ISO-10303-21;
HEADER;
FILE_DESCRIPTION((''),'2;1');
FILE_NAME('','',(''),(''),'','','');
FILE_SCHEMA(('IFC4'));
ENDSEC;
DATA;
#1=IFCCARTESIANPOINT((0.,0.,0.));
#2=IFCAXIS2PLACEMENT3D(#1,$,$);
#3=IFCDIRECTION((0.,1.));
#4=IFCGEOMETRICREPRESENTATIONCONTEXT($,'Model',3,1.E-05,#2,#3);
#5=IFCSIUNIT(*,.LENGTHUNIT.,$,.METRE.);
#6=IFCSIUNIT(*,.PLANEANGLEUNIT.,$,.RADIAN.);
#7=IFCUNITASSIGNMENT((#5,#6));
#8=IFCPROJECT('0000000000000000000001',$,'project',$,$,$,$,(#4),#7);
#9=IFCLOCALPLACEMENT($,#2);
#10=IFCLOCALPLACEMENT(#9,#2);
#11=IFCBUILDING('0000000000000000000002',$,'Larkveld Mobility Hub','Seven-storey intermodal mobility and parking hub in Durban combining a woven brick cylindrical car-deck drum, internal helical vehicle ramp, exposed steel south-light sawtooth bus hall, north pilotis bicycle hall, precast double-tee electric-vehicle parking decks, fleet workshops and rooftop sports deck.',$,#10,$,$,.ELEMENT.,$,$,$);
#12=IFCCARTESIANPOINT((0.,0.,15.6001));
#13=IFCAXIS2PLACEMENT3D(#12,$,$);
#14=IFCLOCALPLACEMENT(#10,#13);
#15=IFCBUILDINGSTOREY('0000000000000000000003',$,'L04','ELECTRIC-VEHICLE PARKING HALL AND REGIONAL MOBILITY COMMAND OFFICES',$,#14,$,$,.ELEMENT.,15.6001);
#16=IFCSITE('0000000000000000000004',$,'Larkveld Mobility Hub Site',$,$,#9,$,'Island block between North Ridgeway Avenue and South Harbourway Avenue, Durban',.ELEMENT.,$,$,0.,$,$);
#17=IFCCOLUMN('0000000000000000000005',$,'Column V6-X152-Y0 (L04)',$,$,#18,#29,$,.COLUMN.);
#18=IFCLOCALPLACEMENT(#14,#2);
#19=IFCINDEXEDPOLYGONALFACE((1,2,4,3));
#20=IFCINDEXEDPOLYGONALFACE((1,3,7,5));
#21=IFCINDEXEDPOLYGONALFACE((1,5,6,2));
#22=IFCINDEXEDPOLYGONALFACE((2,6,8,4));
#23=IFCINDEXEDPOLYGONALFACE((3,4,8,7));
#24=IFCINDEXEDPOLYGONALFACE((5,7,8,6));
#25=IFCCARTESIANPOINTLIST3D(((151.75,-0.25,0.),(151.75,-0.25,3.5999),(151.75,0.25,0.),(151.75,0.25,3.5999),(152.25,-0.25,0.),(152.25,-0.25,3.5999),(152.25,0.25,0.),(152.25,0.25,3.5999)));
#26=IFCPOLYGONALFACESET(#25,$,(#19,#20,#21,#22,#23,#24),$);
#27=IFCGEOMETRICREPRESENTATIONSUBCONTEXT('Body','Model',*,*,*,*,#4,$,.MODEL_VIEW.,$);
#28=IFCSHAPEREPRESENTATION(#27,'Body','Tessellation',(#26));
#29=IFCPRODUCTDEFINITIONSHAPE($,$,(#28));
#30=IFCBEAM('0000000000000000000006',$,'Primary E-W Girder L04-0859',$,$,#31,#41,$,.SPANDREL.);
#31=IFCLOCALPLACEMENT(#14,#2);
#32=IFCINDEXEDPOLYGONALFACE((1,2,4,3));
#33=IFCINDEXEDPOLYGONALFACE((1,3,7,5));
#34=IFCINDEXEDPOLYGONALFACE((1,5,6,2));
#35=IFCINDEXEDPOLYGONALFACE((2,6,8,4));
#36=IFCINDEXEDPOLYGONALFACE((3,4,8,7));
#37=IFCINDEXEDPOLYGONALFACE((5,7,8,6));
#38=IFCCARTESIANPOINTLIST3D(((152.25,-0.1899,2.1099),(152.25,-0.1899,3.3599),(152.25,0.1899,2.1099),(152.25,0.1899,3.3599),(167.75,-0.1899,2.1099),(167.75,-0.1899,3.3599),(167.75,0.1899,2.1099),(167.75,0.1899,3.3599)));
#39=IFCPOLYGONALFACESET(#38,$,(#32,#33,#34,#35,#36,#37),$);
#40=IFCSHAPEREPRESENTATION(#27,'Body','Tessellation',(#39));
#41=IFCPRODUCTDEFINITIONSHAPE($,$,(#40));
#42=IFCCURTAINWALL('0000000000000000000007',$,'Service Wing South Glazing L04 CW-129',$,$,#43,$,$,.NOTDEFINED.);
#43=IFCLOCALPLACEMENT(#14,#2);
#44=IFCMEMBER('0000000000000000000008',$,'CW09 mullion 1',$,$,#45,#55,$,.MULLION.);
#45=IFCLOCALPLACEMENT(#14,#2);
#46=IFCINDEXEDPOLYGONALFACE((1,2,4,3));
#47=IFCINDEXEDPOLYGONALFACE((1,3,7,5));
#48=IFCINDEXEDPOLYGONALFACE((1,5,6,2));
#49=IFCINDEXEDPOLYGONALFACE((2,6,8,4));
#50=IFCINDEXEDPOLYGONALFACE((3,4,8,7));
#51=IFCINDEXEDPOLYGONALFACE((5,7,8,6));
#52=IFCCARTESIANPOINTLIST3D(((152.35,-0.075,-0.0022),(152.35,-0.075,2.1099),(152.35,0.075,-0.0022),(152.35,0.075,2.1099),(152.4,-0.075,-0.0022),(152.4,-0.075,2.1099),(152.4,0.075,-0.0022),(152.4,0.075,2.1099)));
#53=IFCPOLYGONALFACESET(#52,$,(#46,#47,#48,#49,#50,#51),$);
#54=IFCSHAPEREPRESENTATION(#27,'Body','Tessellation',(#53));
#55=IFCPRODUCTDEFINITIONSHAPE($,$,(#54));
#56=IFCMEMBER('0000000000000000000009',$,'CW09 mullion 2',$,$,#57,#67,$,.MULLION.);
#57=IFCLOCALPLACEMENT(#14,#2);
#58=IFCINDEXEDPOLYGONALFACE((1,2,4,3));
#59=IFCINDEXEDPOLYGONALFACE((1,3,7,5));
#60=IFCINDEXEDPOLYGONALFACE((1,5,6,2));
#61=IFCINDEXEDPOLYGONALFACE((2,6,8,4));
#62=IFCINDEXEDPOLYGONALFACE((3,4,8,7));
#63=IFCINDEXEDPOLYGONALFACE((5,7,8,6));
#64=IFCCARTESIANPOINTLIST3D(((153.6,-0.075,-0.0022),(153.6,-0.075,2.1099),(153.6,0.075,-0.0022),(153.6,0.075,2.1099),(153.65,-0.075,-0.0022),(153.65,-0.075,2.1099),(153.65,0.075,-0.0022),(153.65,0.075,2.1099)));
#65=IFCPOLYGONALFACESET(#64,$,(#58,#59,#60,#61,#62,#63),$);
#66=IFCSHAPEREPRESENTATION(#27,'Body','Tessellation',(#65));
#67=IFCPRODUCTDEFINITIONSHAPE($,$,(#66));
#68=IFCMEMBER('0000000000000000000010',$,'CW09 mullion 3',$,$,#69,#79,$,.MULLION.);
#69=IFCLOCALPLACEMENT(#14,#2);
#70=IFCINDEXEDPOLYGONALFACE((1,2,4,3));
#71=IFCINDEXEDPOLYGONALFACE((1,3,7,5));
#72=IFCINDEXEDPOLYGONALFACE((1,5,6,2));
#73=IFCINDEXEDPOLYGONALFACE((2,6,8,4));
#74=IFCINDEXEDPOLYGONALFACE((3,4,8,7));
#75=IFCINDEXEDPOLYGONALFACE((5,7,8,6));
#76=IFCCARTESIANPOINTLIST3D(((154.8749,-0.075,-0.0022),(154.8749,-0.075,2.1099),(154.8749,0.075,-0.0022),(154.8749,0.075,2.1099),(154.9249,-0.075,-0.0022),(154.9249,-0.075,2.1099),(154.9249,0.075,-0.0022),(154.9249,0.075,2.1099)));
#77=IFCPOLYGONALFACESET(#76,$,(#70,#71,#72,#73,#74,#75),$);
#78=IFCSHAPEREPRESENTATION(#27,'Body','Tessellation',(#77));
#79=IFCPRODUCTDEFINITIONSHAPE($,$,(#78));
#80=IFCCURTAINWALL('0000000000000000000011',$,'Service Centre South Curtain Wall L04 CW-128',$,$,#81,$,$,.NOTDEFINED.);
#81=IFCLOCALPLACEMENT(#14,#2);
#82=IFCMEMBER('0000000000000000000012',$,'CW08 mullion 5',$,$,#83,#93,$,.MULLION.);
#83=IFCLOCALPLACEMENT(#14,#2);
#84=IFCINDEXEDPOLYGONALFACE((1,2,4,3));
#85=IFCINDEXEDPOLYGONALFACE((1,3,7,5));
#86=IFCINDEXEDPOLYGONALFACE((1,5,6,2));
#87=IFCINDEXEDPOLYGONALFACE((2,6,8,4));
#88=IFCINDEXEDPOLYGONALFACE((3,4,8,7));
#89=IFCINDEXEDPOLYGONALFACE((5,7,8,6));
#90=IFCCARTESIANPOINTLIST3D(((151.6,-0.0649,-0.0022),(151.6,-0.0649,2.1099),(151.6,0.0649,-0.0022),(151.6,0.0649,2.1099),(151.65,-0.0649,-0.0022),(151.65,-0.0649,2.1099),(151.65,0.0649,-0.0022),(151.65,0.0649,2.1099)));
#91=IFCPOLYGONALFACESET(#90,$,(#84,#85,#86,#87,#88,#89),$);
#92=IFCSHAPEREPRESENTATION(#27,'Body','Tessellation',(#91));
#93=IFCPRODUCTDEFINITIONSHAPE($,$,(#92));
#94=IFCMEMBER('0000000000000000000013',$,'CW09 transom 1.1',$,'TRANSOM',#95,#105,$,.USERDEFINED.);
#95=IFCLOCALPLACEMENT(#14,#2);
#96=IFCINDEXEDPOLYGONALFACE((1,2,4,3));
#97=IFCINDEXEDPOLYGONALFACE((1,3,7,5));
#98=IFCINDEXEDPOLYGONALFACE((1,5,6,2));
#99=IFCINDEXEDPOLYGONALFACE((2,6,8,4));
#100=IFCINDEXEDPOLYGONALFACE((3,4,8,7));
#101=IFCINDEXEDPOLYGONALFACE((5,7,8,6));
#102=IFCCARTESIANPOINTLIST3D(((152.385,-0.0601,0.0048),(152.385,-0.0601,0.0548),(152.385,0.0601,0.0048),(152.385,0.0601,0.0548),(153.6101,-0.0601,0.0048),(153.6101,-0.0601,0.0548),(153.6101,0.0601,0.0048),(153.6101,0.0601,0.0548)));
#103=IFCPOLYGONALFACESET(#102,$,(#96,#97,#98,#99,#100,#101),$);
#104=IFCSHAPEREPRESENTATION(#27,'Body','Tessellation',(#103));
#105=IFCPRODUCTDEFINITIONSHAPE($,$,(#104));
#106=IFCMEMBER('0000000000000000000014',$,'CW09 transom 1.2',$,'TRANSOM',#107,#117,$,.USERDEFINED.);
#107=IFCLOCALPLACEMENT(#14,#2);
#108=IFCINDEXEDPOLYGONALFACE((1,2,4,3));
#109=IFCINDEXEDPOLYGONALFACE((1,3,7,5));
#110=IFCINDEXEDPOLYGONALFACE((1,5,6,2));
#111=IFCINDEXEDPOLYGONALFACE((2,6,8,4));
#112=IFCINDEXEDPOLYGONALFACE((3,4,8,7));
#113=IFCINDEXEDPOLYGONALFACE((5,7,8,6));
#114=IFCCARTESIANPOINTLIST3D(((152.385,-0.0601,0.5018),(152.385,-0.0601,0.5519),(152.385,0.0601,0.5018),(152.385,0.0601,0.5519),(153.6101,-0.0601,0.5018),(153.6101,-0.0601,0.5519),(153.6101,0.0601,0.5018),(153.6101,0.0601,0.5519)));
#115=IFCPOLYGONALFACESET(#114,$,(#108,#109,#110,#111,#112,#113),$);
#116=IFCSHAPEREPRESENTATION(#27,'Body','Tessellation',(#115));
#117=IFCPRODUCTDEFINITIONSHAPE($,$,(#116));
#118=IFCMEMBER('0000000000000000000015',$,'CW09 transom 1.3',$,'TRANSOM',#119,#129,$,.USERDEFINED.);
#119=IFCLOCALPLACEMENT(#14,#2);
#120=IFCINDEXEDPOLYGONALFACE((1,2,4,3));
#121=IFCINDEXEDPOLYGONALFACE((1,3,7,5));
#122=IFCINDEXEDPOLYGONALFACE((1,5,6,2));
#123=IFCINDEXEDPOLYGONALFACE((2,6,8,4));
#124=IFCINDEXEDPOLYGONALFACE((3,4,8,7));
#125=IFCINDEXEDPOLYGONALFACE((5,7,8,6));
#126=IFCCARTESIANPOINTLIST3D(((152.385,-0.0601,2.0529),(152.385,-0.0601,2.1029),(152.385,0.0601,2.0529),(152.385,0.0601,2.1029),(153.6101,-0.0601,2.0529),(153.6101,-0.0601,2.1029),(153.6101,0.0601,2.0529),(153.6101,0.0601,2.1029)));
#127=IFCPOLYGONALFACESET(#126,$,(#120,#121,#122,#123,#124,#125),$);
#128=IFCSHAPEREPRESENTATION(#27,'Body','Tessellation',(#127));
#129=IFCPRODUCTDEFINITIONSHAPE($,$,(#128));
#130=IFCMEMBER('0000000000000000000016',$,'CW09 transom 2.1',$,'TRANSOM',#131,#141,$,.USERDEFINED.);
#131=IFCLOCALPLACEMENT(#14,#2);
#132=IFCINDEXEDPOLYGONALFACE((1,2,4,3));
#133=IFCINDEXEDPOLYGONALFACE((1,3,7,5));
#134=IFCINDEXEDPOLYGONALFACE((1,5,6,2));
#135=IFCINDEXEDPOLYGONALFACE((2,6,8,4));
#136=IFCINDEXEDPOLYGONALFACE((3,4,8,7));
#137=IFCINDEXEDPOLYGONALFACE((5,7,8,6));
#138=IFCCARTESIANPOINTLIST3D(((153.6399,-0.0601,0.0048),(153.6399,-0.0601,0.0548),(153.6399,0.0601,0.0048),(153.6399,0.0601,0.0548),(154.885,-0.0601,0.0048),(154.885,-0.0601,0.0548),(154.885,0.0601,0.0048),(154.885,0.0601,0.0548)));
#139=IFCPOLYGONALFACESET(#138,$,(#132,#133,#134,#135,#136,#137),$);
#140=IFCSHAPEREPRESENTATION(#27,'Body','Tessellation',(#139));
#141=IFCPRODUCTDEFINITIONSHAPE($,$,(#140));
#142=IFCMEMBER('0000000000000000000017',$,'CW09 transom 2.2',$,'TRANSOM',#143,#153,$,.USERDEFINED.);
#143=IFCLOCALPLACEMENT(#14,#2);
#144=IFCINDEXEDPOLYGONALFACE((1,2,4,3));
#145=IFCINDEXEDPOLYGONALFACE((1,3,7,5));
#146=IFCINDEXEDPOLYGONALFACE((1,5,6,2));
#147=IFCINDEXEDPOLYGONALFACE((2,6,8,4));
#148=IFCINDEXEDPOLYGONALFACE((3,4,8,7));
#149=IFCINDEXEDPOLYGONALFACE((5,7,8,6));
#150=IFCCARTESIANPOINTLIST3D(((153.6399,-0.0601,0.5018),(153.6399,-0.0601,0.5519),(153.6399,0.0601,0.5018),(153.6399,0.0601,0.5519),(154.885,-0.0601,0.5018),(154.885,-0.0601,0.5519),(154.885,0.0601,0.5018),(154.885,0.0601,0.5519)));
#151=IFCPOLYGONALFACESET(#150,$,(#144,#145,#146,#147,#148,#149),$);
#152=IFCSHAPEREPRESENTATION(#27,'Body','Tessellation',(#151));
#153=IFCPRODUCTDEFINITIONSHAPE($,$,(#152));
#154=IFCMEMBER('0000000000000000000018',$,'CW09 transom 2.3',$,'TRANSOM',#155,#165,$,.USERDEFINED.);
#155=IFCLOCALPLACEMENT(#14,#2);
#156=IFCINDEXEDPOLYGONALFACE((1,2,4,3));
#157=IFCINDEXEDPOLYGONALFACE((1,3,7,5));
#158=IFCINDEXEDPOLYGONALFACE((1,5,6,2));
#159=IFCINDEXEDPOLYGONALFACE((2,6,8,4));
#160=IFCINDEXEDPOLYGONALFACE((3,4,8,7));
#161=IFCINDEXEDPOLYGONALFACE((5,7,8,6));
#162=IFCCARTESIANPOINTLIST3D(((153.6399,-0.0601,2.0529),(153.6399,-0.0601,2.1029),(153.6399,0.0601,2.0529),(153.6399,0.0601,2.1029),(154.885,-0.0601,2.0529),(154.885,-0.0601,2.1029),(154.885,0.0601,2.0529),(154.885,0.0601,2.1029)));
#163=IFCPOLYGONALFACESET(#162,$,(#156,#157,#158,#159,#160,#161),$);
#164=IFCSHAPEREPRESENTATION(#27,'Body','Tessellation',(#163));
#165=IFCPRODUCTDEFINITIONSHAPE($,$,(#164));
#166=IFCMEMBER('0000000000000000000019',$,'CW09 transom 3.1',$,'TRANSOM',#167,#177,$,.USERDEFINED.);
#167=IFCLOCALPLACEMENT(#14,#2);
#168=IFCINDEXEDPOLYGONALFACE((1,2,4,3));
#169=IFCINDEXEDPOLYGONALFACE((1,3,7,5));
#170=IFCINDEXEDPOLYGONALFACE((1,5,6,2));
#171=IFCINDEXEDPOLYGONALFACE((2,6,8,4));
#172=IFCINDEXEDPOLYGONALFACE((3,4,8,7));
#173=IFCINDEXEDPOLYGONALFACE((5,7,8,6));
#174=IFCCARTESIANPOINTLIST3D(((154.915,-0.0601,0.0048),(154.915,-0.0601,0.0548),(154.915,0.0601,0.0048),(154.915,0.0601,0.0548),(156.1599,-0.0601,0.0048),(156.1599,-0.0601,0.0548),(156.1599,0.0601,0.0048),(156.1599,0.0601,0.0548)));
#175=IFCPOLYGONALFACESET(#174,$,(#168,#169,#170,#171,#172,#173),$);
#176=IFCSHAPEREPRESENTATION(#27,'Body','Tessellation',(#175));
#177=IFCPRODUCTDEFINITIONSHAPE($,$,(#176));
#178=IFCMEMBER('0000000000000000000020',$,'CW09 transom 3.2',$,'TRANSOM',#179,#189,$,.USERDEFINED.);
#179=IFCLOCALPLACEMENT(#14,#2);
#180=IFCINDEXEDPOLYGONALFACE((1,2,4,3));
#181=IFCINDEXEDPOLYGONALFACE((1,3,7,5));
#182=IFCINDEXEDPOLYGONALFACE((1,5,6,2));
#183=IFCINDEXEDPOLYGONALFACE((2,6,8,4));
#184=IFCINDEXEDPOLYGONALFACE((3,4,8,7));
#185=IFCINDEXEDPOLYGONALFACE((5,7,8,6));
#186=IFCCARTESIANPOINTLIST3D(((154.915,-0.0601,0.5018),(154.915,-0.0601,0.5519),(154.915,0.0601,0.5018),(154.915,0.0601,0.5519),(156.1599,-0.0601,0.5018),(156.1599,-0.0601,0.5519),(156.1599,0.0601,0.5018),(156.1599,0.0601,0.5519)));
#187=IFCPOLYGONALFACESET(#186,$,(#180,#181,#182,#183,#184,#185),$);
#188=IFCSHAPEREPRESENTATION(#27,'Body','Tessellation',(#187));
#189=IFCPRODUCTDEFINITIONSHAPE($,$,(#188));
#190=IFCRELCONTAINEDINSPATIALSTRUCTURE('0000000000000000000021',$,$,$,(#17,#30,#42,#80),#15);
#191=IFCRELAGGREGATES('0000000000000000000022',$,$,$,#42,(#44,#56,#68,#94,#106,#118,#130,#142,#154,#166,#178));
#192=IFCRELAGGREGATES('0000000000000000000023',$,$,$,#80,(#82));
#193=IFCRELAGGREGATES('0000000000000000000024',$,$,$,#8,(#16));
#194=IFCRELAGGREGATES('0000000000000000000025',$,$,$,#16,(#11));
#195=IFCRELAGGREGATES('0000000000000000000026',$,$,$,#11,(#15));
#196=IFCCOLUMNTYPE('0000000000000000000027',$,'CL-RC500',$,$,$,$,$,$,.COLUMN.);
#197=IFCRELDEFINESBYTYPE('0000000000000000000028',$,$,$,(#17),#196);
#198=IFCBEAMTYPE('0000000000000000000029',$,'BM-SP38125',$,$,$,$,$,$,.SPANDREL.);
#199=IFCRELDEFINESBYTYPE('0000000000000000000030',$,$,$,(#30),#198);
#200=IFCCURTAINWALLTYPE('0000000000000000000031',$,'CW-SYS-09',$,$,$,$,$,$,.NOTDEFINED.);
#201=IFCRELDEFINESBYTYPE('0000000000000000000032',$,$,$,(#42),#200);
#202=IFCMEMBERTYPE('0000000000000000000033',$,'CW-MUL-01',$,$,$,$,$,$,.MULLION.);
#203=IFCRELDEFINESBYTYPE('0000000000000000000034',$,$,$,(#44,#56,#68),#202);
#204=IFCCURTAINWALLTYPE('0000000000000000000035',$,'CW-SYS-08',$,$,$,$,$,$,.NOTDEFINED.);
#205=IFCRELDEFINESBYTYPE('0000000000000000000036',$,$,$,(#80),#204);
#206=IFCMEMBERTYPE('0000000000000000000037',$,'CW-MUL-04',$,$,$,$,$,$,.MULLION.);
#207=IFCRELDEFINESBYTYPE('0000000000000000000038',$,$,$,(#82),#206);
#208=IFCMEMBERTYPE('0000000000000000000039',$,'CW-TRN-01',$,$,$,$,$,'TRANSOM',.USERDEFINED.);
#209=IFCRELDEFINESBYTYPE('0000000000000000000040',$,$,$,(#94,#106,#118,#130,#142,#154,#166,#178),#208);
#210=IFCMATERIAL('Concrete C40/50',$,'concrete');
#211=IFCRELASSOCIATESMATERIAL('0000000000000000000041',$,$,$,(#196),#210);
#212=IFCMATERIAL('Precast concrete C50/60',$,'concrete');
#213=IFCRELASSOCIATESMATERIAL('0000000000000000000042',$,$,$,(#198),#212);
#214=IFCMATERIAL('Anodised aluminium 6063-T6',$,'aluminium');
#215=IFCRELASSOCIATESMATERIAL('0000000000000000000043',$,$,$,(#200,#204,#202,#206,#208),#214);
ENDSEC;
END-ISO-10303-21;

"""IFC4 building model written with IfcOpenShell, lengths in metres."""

from ifc_helpers import new_model, si_unit, direction, frame, origin, origin_2d, place, context, subcontext, project, spatial, rectangle, extrude, material, material_profile, profile_set, type_object, element, aggregate, save


model = new_model("IFC4")

# Units and contexts
model_context = context("Model", 3, precision=1e-05, world=origin(), true_north=direction((0.0, 1.0)))
body_context = subcontext(model_context, "Body", "Model", "MODEL_VIEW")
ifc_project = project(units=[si_unit("LENGTHUNIT", "METRE"), si_unit("PLANEANGLEUNIT", "RADIAN")], contexts=[model_context])

# Site, building, storey
site_placement = place(None, origin())
site = spatial("IfcSite", under=ifc_project, at=site_placement, Name="Larkveld Mobility Hub Site", LongName="Island block between North Ridgeway Avenue and South Harbourway Avenue, Durban", CompositionType="ELEMENT", RefElevation=0.0)
building_placement = place(site_placement, origin())
building = spatial("IfcBuilding", under=site, at=building_placement, Name="Larkveld Mobility Hub", Description="Seven-storey intermodal mobility and parking hub in Durban combining a woven brick cylindrical car-deck drum, internal helical vehicle ramp, exposed steel south-light sawtooth bus hall, north pilotis bicycle hall, precast double-tee electric-vehicle parking decks, fleet workshops and rooftop sports deck.", CompositionType="ELEMENT")
storey_placement = place(building_placement, frame((0.0, 0.0, 15.6001)))
storey = spatial("IfcBuildingStorey", under=building, at=storey_placement, Name="L04", Description="ELECTRIC-VEHICLE PARKING HALL AND REGIONAL MOBILITY COMMAND OFFICES", CompositionType="ELEMENT", Elevation=15.6001)

# Column
ifc_material_1 = material(Name="Concrete C40/50", Category="concrete")
ifc_material_profile_1 = material_profile(ifc_material_1, rectangle(XDim=0.5, YDim=0.5, at=origin_2d()), Name="RC COL 500x500")
ifc_profile_set_1 = profile_set([ifc_material_profile_1], Name="Concrete C40/50")
column_type = type_object("IfcColumnType", Name="CL-RC500", PredefinedType="COLUMN", material=ifc_profile_set_1)
column_placement = place(storey_placement, frame((152.0, 0.0, 0.0), z_axis=(0.0, 0.0, 1.0), x_axis=(1.0, 0.0, 0.0)))
element("IfcColumn", 1, at=column_placement, inside=storey, type_object=column_type, Name="Column V6-X152-Y0 (L04)", PredefinedType="COLUMN", context=body_context, shape_type="SweptSolid", body=[
    extrude(rectangle(XDim=0.5, YDim=0.5, at=origin_2d()), origin(), (0.0, 0.0, 1.0), 3.5999),
])

# Beam
ifc_material_2 = material(Name="Precast concrete C50/60", Category="concrete")
ifc_material_profile_2 = material_profile(ifc_material_2, rectangle(XDim=0.3799, YDim=1.25, at=origin_2d()), Name="PC SP 380x1250")
ifc_profile_set_2 = profile_set([ifc_material_profile_2], Name="Precast concrete C50/60")
beam_type = type_object("IfcBeamType", Name="BM-SP38125", PredefinedType="SPANDREL", material=ifc_profile_set_2)
beam_placement = place(storey_placement, frame((152.25, 0.0, 2.7349), z_axis=(1.0, 0.0, 0.0), x_axis=(0.0, 1.0, 0.0)))
element("IfcBeam", 2, at=beam_placement, inside=storey, type_object=beam_type, Name="Primary E-W Girder L04-0859", PredefinedType="SPANDREL", context=body_context, shape_type="SweptSolid", body=[
    extrude(rectangle(XDim=0.3799, YDim=1.25, at=origin_2d()), origin(), (0.0, 0.0, 1.0), 15.5),
])

# Curtain wall, members
ifc_material_3 = material(Name="Anodised aluminium 6063-T6", Category="aluminium")
curtain_wall_type_1 = type_object("IfcCurtainWallType", Name="CW-SYS-09", PredefinedType="NOTDEFINED", material=ifc_material_3)
curtain_wall_1_placement = place(storey_placement, origin())
curtain_wall_1 = element("IfcCurtainWall", 3, at=curtain_wall_1_placement, inside=storey, type_object=curtain_wall_type_1, Name="Service Wing South Glazing L04 CW-129", PredefinedType="NOTDEFINED")
ifc_material_profile_3 = material_profile(ifc_material_3, rectangle(XDim=0.05, YDim=0.1499, at=origin_2d()), Name="ALU MULL 50x150")
ifc_profile_set_3 = profile_set([ifc_material_profile_3], Name="Anodised aluminium 6063-T6")
member_type_1 = type_object("IfcMemberType", Name="CW-MUL-01", PredefinedType="MULLION", material=ifc_profile_set_3)
member_1_placement = place(storey_placement, frame((152.375, 0.0, -0.0022), z_axis=(0.0, 0.0, 1.0), x_axis=(1.0, 0.0, 0.0)))
member_1 = element("IfcMember", 4, at=member_1_placement, type_object=member_type_1, Name="CW09 mullion 1", PredefinedType="MULLION", context=body_context, shape_type="SweptSolid", body=[
    extrude(rectangle(XDim=0.05, YDim=0.1499, at=origin_2d()), origin(), (0.0, 0.0, 1.0), 2.1121),
])
member_2_placement = place(storey_placement, frame((153.625, 0.0, -0.0022), z_axis=(0.0, 0.0, 1.0), x_axis=(1.0, 0.0, 0.0)))
member_2 = element("IfcMember", 5, at=member_2_placement, type_object=member_type_1, Name="CW09 mullion 2", PredefinedType="MULLION", context=body_context, shape_type="SweptSolid", body=[
    extrude(rectangle(XDim=0.05, YDim=0.1499, at=origin_2d()), origin(), (0.0, 0.0, 1.0), 2.1121),
])
member_3_placement = place(storey_placement, frame((154.8999, 0.0, -0.0022), z_axis=(0.0, 0.0, 1.0), x_axis=(1.0, 0.0, 0.0)))
member_3 = element("IfcMember", 6, at=member_3_placement, type_object=member_type_1, Name="CW09 mullion 3", PredefinedType="MULLION", context=body_context, shape_type="SweptSolid", body=[
    extrude(rectangle(XDim=0.05, YDim=0.1499, at=origin_2d()), origin(), (0.0, 0.0, 1.0), 2.1121),
])

# Curtain wall, member
curtain_wall_type_2 = type_object("IfcCurtainWallType", Name="CW-SYS-08", PredefinedType="NOTDEFINED", material=ifc_material_3)
curtain_wall_2_placement = place(storey_placement, origin())
curtain_wall_2 = element("IfcCurtainWall", 7, at=curtain_wall_2_placement, inside=storey, type_object=curtain_wall_type_2, Name="Service Centre South Curtain Wall L04 CW-128", PredefinedType="NOTDEFINED")
ifc_material_profile_4 = material_profile(ifc_material_3, rectangle(XDim=0.05, YDim=0.1299, at=origin_2d()), Name="ALU MULL 50x130")
ifc_profile_set_4 = profile_set([ifc_material_profile_4], Name="Anodised aluminium 6063-T6")
member_type_2 = type_object("IfcMemberType", Name="CW-MUL-04", PredefinedType="MULLION", material=ifc_profile_set_4)
member_4_placement = place(storey_placement, frame((151.625, 0.0, -0.0022), z_axis=(0.0, 0.0, 1.0), x_axis=(1.0, 0.0, 0.0)))
member_4 = element("IfcMember", 8, at=member_4_placement, type_object=member_type_2, Name="CW08 mullion 5", PredefinedType="MULLION", context=body_context, shape_type="SweptSolid", body=[
    extrude(rectangle(XDim=0.05, YDim=0.1299, at=origin_2d()), origin(), (0.0, 0.0, 1.0), 2.1121),
])

# Members
ifc_material_profile_5 = material_profile(ifc_material_3, rectangle(XDim=0.1201, YDim=0.05, at=origin_2d()), Name="ALU TRAN 50x120")
ifc_profile_set_5 = profile_set([ifc_material_profile_5], Name="Anodised aluminium 6063-T6")
member_type_3 = type_object("IfcMemberType", Name="CW-TRN-01", ElementType="TRANSOM", PredefinedType="USERDEFINED", material=ifc_profile_set_5)
member_5_placement = place(storey_placement, frame((152.385, 0.0, 0.0298), z_axis=(1.0, 0.0, 0.0), x_axis=(0.0, 1.0, 0.0)))
member_5 = element("IfcMember", 9, at=member_5_placement, type_object=member_type_3, Name="CW09 transom 1.1", ObjectType="TRANSOM", PredefinedType="USERDEFINED", context=body_context, shape_type="SweptSolid", body=[
    extrude(rectangle(XDim=0.1201, YDim=0.05, at=origin_2d()), origin(), (0.0, 0.0, 1.0), 1.2251),
])
member_6_placement = place(storey_placement, frame((152.385, 0.0, 0.5269), z_axis=(1.0, 0.0, 0.0), x_axis=(0.0, 1.0, 0.0)))
member_6 = element("IfcMember", 10, at=member_6_placement, type_object=member_type_3, Name="CW09 transom 1.2", ObjectType="TRANSOM", PredefinedType="USERDEFINED", context=body_context, shape_type="SweptSolid", body=[
    extrude(rectangle(XDim=0.1201, YDim=0.05, at=origin_2d()), origin(), (0.0, 0.0, 1.0), 1.2251),
])
member_7_placement = place(storey_placement, frame((152.385, 0.0, 2.0779), z_axis=(1.0, 0.0, 0.0), x_axis=(0.0, 1.0, 0.0)))
member_7 = element("IfcMember", 11, at=member_7_placement, type_object=member_type_3, Name="CW09 transom 1.3", ObjectType="TRANSOM", PredefinedType="USERDEFINED", context=body_context, shape_type="SweptSolid", body=[
    extrude(rectangle(XDim=0.1201, YDim=0.05, at=origin_2d()), origin(), (0.0, 0.0, 1.0), 1.2251),
])
member_8_placement = place(storey_placement, frame((153.6399, 0.0, 0.0298), z_axis=(1.0, 0.0, 0.0), x_axis=(0.0, 1.0, 0.0)))
member_8 = element("IfcMember", 12, at=member_8_placement, type_object=member_type_3, Name="CW09 transom 2.1", ObjectType="TRANSOM", PredefinedType="USERDEFINED", context=body_context, shape_type="SweptSolid", body=[
    extrude(rectangle(XDim=0.1201, YDim=0.05, at=origin_2d()), origin(), (0.0, 0.0, 1.0), 1.2451),
])
member_9_placement = place(storey_placement, frame((153.6399, 0.0, 0.5269), z_axis=(1.0, 0.0, 0.0), x_axis=(0.0, 1.0, 0.0)))
member_9 = element("IfcMember", 13, at=member_9_placement, type_object=member_type_3, Name="CW09 transom 2.2", ObjectType="TRANSOM", PredefinedType="USERDEFINED", context=body_context, shape_type="SweptSolid", body=[
    extrude(rectangle(XDim=0.1201, YDim=0.05, at=origin_2d()), origin(), (0.0, 0.0, 1.0), 1.2451),
])
member_10_placement = place(storey_placement, frame((153.6399, 0.0, 2.0779), z_axis=(1.0, 0.0, 0.0), x_axis=(0.0, 1.0, 0.0)))
member_10 = element("IfcMember", 14, at=member_10_placement, type_object=member_type_3, Name="CW09 transom 2.3", ObjectType="TRANSOM", PredefinedType="USERDEFINED", context=body_context, shape_type="SweptSolid", body=[
    extrude(rectangle(XDim=0.1201, YDim=0.05, at=origin_2d()), origin(), (0.0, 0.0, 1.0), 1.2451),
])
member_11_placement = place(storey_placement, frame((154.915, 0.0, 0.0298), z_axis=(1.0, 0.0, 0.0), x_axis=(0.0, 1.0, 0.0)))
member_11 = element("IfcMember", 15, at=member_11_placement, type_object=member_type_3, Name="CW09 transom 3.1", ObjectType="TRANSOM", PredefinedType="USERDEFINED", context=body_context, shape_type="SweptSolid", body=[
    extrude(rectangle(XDim=0.1201, YDim=0.05, at=origin_2d()), origin(), (0.0, 0.0, 1.0), 1.2449),
])
member_12_placement = place(storey_placement, frame((154.915, 0.0, 0.5269), z_axis=(1.0, 0.0, 0.0), x_axis=(0.0, 1.0, 0.0)))
member_12 = element("IfcMember", 16, at=member_12_placement, type_object=member_type_3, Name="CW09 transom 3.2", ObjectType="TRANSOM", PredefinedType="USERDEFINED", context=body_context, shape_type="SweptSolid", body=[
    extrude(rectangle(XDim=0.1201, YDim=0.05, at=origin_2d()), origin(), (0.0, 0.0, 1.0), 1.2449),
])

aggregate(curtain_wall_1, [member_1, member_2, member_3, member_5, member_6, member_7, member_8, member_9, member_10, member_11, member_12])
aggregate(curtain_wall_2, [member_4])

save(model, "model.ifc")
